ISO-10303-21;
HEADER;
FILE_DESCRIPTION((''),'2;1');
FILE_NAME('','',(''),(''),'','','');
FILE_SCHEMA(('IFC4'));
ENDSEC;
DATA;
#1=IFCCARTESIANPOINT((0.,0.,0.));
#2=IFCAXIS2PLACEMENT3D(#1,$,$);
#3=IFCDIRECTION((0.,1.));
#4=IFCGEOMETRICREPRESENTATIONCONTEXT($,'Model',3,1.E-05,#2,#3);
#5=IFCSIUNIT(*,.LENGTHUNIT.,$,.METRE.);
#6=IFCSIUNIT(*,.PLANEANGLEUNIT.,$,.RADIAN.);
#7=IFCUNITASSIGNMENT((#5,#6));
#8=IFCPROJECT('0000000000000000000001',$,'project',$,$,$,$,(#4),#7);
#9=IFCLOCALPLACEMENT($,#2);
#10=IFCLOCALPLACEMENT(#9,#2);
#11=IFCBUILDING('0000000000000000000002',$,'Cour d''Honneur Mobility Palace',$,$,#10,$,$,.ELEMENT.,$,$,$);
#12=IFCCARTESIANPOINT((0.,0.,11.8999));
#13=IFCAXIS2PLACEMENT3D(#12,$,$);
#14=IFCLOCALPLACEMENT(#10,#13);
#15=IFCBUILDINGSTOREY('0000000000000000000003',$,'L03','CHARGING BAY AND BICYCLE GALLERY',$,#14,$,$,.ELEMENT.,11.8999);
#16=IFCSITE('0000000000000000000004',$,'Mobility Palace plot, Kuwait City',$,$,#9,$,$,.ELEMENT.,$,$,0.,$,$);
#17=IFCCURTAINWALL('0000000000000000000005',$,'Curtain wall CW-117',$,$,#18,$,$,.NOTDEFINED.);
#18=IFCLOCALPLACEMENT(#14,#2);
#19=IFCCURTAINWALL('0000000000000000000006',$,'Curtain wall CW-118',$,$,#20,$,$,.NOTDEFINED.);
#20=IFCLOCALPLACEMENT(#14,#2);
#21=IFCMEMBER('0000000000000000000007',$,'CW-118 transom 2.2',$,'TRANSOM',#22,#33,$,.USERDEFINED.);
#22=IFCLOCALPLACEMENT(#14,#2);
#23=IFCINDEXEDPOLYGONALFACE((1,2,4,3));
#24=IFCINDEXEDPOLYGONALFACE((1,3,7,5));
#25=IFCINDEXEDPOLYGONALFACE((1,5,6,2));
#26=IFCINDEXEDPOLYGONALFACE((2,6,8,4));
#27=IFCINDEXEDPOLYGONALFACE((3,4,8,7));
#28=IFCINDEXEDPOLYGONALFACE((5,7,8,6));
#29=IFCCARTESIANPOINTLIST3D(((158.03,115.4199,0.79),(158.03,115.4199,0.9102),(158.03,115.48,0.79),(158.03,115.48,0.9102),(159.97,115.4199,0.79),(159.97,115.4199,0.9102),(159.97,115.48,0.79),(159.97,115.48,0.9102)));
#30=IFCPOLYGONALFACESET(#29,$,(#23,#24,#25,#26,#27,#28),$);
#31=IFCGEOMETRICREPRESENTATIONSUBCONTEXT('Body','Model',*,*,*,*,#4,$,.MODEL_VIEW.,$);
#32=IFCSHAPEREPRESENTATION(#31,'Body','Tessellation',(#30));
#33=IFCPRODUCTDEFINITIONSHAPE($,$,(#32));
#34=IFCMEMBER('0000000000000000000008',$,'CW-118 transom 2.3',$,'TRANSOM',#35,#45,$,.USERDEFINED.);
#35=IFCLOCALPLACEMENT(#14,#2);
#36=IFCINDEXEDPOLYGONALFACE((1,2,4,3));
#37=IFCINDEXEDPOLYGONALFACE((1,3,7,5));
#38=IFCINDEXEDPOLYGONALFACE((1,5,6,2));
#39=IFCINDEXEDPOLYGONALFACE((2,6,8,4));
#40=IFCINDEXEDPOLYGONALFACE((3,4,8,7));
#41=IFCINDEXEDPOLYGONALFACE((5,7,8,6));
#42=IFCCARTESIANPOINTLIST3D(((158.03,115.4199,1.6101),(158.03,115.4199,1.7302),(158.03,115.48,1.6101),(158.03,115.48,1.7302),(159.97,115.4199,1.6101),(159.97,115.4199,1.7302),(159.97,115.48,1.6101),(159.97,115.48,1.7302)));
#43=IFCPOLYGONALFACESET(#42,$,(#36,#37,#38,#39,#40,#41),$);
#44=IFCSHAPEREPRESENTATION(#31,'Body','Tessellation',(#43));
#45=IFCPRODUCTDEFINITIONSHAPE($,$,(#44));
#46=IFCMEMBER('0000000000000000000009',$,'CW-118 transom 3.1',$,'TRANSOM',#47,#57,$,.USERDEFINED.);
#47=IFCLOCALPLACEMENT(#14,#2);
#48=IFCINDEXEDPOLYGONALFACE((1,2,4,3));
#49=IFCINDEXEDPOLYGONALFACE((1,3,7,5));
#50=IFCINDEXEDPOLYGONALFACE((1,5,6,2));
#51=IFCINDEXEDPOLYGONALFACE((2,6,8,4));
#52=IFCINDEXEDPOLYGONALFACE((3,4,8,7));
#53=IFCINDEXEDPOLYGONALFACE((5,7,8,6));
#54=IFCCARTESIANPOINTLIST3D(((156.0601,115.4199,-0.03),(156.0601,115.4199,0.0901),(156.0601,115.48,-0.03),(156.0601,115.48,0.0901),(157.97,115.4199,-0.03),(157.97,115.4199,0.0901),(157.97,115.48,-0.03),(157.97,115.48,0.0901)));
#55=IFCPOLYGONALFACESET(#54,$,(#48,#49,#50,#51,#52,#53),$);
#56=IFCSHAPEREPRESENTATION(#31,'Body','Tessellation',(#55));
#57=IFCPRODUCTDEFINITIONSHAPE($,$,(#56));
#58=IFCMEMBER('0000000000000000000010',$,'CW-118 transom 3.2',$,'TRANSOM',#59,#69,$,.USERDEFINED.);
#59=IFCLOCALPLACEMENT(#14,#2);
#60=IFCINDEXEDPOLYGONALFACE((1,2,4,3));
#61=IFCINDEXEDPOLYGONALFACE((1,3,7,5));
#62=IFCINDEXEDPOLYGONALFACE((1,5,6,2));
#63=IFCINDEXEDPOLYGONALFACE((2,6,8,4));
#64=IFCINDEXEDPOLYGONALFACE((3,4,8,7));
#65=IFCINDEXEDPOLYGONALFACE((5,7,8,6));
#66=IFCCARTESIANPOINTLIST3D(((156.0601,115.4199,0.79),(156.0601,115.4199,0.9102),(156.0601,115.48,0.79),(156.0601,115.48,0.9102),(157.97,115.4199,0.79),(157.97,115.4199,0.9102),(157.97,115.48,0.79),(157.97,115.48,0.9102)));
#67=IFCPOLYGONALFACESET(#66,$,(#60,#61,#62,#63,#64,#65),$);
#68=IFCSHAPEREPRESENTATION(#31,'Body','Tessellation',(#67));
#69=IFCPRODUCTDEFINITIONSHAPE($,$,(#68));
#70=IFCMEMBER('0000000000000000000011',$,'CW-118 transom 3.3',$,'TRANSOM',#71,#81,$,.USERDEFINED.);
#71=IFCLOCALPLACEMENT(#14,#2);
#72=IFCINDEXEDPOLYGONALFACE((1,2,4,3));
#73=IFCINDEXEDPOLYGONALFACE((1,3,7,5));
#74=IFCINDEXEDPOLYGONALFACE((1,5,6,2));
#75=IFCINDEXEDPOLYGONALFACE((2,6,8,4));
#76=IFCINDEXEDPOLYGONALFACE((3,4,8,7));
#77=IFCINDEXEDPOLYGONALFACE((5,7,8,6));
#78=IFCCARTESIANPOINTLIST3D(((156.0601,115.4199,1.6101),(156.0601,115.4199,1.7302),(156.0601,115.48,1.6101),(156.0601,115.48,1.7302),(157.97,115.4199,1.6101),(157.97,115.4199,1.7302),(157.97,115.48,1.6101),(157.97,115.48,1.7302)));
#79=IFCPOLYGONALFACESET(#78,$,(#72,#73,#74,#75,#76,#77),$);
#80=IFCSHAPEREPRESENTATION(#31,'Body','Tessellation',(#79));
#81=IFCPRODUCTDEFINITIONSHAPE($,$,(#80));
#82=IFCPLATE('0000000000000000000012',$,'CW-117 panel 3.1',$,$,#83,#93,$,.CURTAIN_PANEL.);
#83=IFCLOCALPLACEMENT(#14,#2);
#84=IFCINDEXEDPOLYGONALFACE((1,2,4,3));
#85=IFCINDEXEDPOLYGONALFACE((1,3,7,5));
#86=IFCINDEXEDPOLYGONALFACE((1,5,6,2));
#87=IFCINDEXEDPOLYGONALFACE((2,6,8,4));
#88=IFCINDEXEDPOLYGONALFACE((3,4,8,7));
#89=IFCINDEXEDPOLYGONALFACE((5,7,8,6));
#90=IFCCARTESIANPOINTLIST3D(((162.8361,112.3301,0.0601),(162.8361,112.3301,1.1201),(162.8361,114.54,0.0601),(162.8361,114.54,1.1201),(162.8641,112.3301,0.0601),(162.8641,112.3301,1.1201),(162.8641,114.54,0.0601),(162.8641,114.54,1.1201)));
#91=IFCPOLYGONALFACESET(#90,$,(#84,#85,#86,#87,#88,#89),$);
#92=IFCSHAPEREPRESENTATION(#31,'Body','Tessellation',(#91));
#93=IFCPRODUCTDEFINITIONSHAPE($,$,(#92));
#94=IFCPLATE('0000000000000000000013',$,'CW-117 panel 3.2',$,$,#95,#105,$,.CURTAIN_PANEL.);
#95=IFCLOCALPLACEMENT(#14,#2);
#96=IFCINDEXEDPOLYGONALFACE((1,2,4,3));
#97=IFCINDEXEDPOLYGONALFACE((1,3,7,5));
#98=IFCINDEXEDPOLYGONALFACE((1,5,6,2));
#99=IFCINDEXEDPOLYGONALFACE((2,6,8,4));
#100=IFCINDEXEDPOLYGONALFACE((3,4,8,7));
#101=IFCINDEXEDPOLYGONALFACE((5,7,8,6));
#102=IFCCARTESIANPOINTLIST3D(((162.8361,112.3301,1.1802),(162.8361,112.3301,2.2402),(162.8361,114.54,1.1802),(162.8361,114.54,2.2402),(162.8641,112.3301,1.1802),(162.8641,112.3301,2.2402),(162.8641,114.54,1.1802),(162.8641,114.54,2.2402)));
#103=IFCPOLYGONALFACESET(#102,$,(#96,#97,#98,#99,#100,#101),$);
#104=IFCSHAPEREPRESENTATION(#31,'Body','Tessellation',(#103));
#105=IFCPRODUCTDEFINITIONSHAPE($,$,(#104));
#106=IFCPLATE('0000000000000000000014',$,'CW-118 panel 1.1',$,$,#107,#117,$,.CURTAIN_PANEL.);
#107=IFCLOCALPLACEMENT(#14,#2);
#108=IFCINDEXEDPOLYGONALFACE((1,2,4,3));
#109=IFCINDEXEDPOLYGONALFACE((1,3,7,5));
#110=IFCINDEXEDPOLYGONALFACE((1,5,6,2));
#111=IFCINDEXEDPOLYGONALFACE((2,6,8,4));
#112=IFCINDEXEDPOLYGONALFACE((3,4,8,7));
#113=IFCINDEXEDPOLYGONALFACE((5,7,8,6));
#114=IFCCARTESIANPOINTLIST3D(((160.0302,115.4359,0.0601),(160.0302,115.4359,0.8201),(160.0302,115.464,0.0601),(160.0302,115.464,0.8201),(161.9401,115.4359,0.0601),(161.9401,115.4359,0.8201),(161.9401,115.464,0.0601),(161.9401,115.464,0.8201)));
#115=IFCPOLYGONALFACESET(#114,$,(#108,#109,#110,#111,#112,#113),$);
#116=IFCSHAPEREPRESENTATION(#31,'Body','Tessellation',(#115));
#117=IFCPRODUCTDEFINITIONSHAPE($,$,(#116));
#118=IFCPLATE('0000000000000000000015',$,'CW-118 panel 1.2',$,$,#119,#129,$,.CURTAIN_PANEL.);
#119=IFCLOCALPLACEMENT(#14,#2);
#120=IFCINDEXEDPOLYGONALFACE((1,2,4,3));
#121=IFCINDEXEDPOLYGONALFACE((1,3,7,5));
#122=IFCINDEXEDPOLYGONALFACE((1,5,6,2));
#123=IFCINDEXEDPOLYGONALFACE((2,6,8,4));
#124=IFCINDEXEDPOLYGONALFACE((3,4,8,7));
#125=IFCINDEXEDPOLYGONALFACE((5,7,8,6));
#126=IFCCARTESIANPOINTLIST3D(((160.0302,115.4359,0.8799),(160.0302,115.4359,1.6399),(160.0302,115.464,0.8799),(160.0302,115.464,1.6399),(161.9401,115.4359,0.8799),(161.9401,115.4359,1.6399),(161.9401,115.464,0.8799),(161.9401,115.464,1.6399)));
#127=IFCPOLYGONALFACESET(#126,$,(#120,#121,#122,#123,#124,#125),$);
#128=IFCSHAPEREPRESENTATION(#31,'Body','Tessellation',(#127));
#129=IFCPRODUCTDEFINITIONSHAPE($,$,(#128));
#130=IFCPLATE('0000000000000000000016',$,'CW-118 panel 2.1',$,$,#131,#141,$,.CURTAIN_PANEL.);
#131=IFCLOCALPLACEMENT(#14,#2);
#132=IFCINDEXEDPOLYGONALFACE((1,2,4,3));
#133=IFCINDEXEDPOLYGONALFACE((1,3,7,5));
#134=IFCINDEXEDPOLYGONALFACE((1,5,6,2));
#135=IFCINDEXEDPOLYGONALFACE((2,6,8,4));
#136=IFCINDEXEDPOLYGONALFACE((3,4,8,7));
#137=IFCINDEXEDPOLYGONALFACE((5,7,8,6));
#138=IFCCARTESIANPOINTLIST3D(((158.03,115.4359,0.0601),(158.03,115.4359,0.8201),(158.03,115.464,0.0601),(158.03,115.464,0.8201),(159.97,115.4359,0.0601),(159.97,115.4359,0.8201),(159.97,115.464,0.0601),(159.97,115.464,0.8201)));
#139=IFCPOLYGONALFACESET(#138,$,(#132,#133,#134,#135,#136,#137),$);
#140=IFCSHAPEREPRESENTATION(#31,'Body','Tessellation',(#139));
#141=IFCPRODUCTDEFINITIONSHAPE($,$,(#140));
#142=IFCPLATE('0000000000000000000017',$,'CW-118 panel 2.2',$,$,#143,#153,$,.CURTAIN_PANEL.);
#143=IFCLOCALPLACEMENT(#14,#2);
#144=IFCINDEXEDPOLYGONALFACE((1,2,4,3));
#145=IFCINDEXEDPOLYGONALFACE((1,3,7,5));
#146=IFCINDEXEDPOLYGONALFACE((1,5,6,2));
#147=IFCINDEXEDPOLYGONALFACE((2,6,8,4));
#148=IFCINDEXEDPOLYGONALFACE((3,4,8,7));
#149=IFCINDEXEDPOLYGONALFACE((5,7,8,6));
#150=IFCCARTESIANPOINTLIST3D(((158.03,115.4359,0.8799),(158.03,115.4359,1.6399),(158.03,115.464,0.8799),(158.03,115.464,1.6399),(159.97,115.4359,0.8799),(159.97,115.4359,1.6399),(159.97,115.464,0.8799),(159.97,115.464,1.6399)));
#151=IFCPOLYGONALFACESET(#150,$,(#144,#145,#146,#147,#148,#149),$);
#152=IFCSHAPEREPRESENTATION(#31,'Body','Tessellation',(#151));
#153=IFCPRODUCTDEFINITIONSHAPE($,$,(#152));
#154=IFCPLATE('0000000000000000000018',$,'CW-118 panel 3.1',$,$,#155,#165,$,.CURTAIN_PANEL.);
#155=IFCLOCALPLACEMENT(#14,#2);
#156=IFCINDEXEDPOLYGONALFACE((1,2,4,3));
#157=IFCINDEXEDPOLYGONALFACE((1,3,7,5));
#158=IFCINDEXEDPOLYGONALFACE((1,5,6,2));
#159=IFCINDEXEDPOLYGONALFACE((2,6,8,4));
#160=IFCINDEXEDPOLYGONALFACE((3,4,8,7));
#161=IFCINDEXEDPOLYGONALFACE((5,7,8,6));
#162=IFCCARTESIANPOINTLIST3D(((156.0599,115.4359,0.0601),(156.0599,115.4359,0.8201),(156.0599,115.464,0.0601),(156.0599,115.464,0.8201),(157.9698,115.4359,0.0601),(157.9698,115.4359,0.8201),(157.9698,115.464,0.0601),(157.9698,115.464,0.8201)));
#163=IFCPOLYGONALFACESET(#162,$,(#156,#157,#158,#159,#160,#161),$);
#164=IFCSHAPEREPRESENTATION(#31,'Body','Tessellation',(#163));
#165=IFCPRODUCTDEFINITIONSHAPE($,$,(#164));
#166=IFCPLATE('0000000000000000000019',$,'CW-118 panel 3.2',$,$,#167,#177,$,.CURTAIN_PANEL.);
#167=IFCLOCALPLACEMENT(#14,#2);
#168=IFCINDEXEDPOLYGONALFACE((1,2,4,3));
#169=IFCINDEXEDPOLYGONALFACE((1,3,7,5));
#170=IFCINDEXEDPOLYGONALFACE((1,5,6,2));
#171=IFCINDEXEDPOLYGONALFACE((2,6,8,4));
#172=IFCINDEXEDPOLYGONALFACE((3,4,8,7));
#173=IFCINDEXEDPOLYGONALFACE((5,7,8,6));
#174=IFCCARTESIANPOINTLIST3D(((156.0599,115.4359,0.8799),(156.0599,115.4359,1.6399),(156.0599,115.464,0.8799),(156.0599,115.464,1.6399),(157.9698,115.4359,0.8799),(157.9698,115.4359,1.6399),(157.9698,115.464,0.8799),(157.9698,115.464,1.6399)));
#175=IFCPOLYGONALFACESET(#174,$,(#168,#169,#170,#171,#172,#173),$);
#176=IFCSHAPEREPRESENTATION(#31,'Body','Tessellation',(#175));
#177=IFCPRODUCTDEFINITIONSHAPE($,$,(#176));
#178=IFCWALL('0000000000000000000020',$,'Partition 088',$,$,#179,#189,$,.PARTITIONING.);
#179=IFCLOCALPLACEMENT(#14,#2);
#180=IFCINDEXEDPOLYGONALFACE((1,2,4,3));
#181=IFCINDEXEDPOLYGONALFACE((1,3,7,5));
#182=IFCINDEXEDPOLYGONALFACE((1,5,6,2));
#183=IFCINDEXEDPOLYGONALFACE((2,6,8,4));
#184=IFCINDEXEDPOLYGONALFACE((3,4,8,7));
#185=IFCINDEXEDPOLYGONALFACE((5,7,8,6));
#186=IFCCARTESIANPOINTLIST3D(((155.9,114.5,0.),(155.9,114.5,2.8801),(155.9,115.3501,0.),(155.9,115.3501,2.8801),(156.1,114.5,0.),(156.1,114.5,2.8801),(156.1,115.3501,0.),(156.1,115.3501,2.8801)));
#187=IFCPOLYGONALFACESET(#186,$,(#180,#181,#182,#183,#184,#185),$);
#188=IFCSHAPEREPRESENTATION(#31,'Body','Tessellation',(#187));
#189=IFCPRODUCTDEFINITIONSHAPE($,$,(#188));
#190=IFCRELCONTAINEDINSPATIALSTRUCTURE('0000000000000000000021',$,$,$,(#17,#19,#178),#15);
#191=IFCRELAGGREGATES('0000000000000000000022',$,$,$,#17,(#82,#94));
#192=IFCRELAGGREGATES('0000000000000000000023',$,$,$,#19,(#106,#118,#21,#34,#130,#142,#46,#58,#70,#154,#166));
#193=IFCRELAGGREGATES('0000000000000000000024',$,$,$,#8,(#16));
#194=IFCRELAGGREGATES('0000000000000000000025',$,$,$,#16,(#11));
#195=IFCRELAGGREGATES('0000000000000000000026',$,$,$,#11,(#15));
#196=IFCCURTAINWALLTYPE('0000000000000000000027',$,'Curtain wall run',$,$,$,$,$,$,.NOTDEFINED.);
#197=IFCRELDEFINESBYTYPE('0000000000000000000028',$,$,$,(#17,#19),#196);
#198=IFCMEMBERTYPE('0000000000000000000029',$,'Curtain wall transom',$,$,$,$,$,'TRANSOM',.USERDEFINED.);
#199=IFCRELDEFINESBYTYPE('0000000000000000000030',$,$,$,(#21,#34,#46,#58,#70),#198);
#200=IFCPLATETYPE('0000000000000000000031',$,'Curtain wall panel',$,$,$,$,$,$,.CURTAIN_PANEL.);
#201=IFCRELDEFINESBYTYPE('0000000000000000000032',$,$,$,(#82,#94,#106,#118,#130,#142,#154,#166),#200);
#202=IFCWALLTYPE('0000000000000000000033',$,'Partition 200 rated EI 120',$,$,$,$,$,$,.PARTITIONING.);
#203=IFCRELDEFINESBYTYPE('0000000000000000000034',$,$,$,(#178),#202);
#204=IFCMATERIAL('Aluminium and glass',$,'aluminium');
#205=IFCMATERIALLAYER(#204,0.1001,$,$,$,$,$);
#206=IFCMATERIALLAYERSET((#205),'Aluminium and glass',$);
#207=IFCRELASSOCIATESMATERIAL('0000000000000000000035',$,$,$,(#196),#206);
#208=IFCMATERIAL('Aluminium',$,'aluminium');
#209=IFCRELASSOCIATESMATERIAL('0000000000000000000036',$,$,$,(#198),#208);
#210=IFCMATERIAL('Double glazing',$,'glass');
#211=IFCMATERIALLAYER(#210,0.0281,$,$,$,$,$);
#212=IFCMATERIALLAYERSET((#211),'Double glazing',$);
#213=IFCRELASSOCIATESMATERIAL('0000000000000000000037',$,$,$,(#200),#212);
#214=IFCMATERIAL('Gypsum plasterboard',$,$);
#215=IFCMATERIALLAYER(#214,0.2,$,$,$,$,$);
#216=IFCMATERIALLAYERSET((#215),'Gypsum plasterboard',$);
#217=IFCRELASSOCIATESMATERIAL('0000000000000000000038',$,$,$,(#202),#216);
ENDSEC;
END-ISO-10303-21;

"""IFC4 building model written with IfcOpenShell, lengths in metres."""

from ifc_helpers import new_model, si_unit, direction, frame, frame_2d, origin, origin_2d, place, context, subcontext, project, spatial, rectangle, extrude, material, layer, layer_set, material_profile, profile_set, type_object, element, aggregate, save


model = new_model("IFC4")

# Units and contexts
model_context = context("Model", 3, precision=1e-05, world=origin(), true_north=direction((0.0, 1.0)))
body_context = subcontext(model_context, "Body", "Model", "MODEL_VIEW")
ifc_project = project(units=[si_unit("LENGTHUNIT", "METRE"), si_unit("PLANEANGLEUNIT", "RADIAN")], contexts=[model_context])

# Site, building, storey
site_placement = place(None, origin())
site = spatial("IfcSite", under=ifc_project, at=site_placement, Name="Mobility Palace plot, Kuwait City", CompositionType="ELEMENT", RefElevation=0.0)
building_placement = place(site_placement, origin())
building = spatial("IfcBuilding", under=site, at=building_placement, Name="Cour d'Honneur Mobility Palace", CompositionType="ELEMENT")
storey_placement = place(building_placement, frame((0.0, 0.0, 11.8999)))
storey = spatial("IfcBuildingStorey", under=building, at=storey_placement, Name="L03", Description="CHARGING BAY AND BICYCLE GALLERY", CompositionType="ELEMENT", Elevation=11.8999)

# Curtain wall
ifc_material_1 = material(Name="Aluminium and glass", Category="aluminium")
ifc_layer_1 = layer(ifc_material_1, 0.1001)
ifc_layer_set_1 = layer_set([ifc_layer_1], Name="Aluminium and glass")
curtain_wall_type = type_object("IfcCurtainWallType", Name="Curtain wall run", PredefinedType="NOTDEFINED", material=ifc_layer_set_1)
curtain_wall_1_placement = place(storey_placement, origin())
curtain_wall_1 = element("IfcCurtainWall", 1, at=curtain_wall_1_placement, inside=storey, type_object=curtain_wall_type, Name="Curtain wall CW-117", PredefinedType="NOTDEFINED")

# Curtain wall
curtain_wall_2_placement = place(storey_placement, origin())
curtain_wall_2 = element("IfcCurtainWall", 2, at=curtain_wall_2_placement, inside=storey, type_object=curtain_wall_type, Name="Curtain wall CW-118", PredefinedType="NOTDEFINED")

# Members
ifc_material_2 = material(Name="Aluminium", Category="aluminium")
ifc_material_profile_1 = material_profile(ifc_material_2, rectangle(XDim=0.0601, YDim=0.1201, at=origin_2d()), Name="Curtain wall transom")
ifc_profile_set_1 = profile_set([ifc_material_profile_1], Name="Aluminium")
member_type_1 = type_object("IfcMemberType", Name="Curtain wall transom", ElementType="TRANSOM", PredefinedType="USERDEFINED", material=ifc_profile_set_1)
member_1_placement = place(storey_placement, frame((159.97, 115.45, 0.8501), z_axis=(-1.0, 0.0, 0.0), x_axis=(0.0, -1.0, 0.0)))
member_1 = element("IfcMember", 3, at=member_1_placement, type_object=member_type_1, Name="CW-118 transom 2.2", ObjectType="TRANSOM", PredefinedType="USERDEFINED", context=body_context, shape_type="SweptSolid", body=[
    extrude(rectangle(XDim=0.0601, YDim=0.1201, at=origin_2d()), origin(), (0.0, 0.0, 1.0), 1.9399),
])
member_2_placement = place(storey_placement, frame((159.97, 115.45, 1.6702), z_axis=(-1.0, 0.0, 0.0), x_axis=(0.0, -1.0, 0.0)))
member_2 = element("IfcMember", 4, at=member_2_placement, type_object=member_type_1, Name="CW-118 transom 2.3", ObjectType="TRANSOM", PredefinedType="USERDEFINED", context=body_context, shape_type="SweptSolid", body=[
    extrude(rectangle(XDim=0.0601, YDim=0.1201, at=origin_2d()), origin(), (0.0, 0.0, 1.0), 1.9399),
])
member_3_placement = place(storey_placement, frame((157.97, 115.45, 0.03), z_axis=(-1.0, 0.0, 0.0), x_axis=(0.0, -1.0, 0.0)))
member_3 = element("IfcMember", 5, at=member_3_placement, type_object=member_type_1, Name="CW-118 transom 3.1", ObjectType="TRANSOM", PredefinedType="USERDEFINED", context=body_context, shape_type="SweptSolid", body=[
    extrude(rectangle(XDim=0.0601, YDim=0.1201, at=origin_2d()), origin(), (0.0, 0.0, 1.0), 1.9099),
])
member_4_placement = place(storey_placement, frame((157.97, 115.45, 0.8501), z_axis=(-1.0, 0.0, 0.0), x_axis=(0.0, -1.0, 0.0)))
member_4 = element("IfcMember", 6, at=member_4_placement, type_object=member_type_1, Name="CW-118 transom 3.2", ObjectType="TRANSOM", PredefinedType="USERDEFINED", context=body_context, shape_type="SweptSolid", body=[
    extrude(rectangle(XDim=0.0601, YDim=0.1201, at=origin_2d()), origin(), (0.0, 0.0, 1.0), 1.9099),
])
member_5_placement = place(storey_placement, frame((157.97, 115.45, 1.6702), z_axis=(-1.0, 0.0, 0.0), x_axis=(0.0, -1.0, 0.0)))
member_5 = element("IfcMember", 7, at=member_5_placement, type_object=member_type_1, Name="CW-118 transom 3.3", ObjectType="TRANSOM", PredefinedType="USERDEFINED", context=body_context, shape_type="SweptSolid", body=[
    extrude(rectangle(XDim=0.0601, YDim=0.1201, at=origin_2d()), origin(), (0.0, 0.0, 1.0), 1.9099),
])

# Plates
ifc_material_3 = material(Name="Double glazing", Category="glass")
ifc_layer_2 = layer(ifc_material_3, 0.0281)
ifc_layer_set_2 = layer_set([ifc_layer_2], Name="Double glazing")
plate_type = type_object("IfcPlateType", Name="Curtain wall panel", PredefinedType="CURTAIN_PANEL", material=ifc_layer_set_2)
plate_1_placement = place(storey_placement, frame((162.8501, 113.4351, 0.0601), z_axis=(0.0, 0.0, 1.0), x_axis=(0.0, 1.0, 0.0)))
plate_1 = element("IfcPlate", 8, at=plate_1_placement, type_object=plate_type, Name="CW-117 panel 3.1", PredefinedType="CURTAIN_PANEL", context=body_context, shape_type="SweptSolid", body=[
    extrude(rectangle(XDim=2.21, YDim=0.0281, at=origin_2d()), origin(), (0.0, 0.0, 1.0), 1.0601),
])
plate_2_placement = place(storey_placement, frame((162.8501, 113.4351, 1.1802), z_axis=(0.0, 0.0, 1.0), x_axis=(0.0, 1.0, 0.0)))
plate_2 = element("IfcPlate", 9, at=plate_2_placement, type_object=plate_type, Name="CW-117 panel 3.2", PredefinedType="CURTAIN_PANEL", context=body_context, shape_type="SweptSolid", body=[
    extrude(rectangle(XDim=2.21, YDim=0.0281, at=origin_2d()), origin(), (0.0, 0.0, 1.0), 1.0601),
])
aggregate(curtain_wall_1, [plate_1, plate_2])
plate_3_placement = place(storey_placement, frame((160.9851, 115.45, 0.0601), z_axis=(0.0, 0.0, 1.0), x_axis=(-1.0, 0.0, 0.0)))
plate_3 = element("IfcPlate", 10, at=plate_3_placement, type_object=plate_type, Name="CW-118 panel 1.1", PredefinedType="CURTAIN_PANEL", context=body_context, shape_type="SweptSolid", body=[
    extrude(rectangle(XDim=1.9099, YDim=0.0281, at=origin_2d()), origin(), (0.0, 0.0, 1.0), 0.76),
])
plate_4_placement = place(storey_placement, frame((160.9851, 115.45, 0.8799), z_axis=(0.0, 0.0, 1.0), x_axis=(-1.0, 0.0, 0.0)))
plate_4 = element("IfcPlate", 11, at=plate_4_placement, type_object=plate_type, Name="CW-118 panel 1.2", PredefinedType="CURTAIN_PANEL", context=body_context, shape_type="SweptSolid", body=[
    extrude(rectangle(XDim=1.9099, YDim=0.0281, at=origin_2d()), origin(), (0.0, 0.0, 1.0), 0.76),
])
plate_5_placement = place(storey_placement, frame((159.0, 115.45, 0.0601), z_axis=(0.0, 0.0, 1.0), x_axis=(-1.0, 0.0, 0.0)))
plate_5 = element("IfcPlate", 12, at=plate_5_placement, type_object=plate_type, Name="CW-118 panel 2.1", PredefinedType="CURTAIN_PANEL", context=body_context, shape_type="SweptSolid", body=[
    extrude(rectangle(XDim=1.9399, YDim=0.0281, at=origin_2d()), origin(), (0.0, 0.0, 1.0), 0.76),
])
plate_6_placement = place(storey_placement, frame((159.0, 115.45, 0.8799), z_axis=(0.0, 0.0, 1.0), x_axis=(-1.0, 0.0, 0.0)))
plate_6 = element("IfcPlate", 13, at=plate_6_placement, type_object=plate_type, Name="CW-118 panel 2.2", PredefinedType="CURTAIN_PANEL", context=body_context, shape_type="SweptSolid", body=[
    extrude(rectangle(XDim=1.9399, YDim=0.0281, at=origin_2d()), origin(), (0.0, 0.0, 1.0), 0.76),
])
plate_7_placement = place(storey_placement, frame((157.0149, 115.45, 0.0601), z_axis=(0.0, 0.0, 1.0), x_axis=(-1.0, 0.0, 0.0)))
plate_7 = element("IfcPlate", 14, at=plate_7_placement, type_object=plate_type, Name="CW-118 panel 3.1", PredefinedType="CURTAIN_PANEL", context=body_context, shape_type="SweptSolid", body=[
    extrude(rectangle(XDim=1.9099, YDim=0.0281, at=origin_2d()), origin(), (0.0, 0.0, 1.0), 0.76),
])
plate_8_placement = place(storey_placement, frame((157.0149, 115.45, 0.8799), z_axis=(0.0, 0.0, 1.0), x_axis=(-1.0, 0.0, 0.0)))
plate_8 = element("IfcPlate", 15, at=plate_8_placement, type_object=plate_type, Name="CW-118 panel 3.2", PredefinedType="CURTAIN_PANEL", context=body_context, shape_type="SweptSolid", body=[
    extrude(rectangle(XDim=1.9099, YDim=0.0281, at=origin_2d()), origin(), (0.0, 0.0, 1.0), 0.76),
])
aggregate(curtain_wall_2, [plate_3, plate_4, member_1, member_2, plate_5, plate_6, member_3, member_4, member_5, plate_7, plate_8])

# Wall
ifc_material_4 = material(Name="Gypsum plasterboard")
ifc_layer_3 = layer(ifc_material_4, 0.2)
ifc_layer_set_3 = layer_set([ifc_layer_3], Name="Gypsum plasterboard")
wall_type_1 = type_object("IfcWallType", Name="Partition 200 rated EI 120", PredefinedType="PARTITIONING", material=ifc_layer_set_3)
wall_1_placement = place(storey_placement, frame((156.0, 114.5, 0.0), z_axis=(0.0, 0.0, 1.0), x_axis=(0.0, 1.0, 0.0)))
element("IfcWall", 16, at=wall_1_placement, inside=storey, type_object=wall_type_1, Name="Partition 088", PredefinedType="PARTITIONING", context=body_context, shape_type="SweptSolid", body=[
    extrude(rectangle(XDim=0.8501, YDim=0.2, at=frame_2d((0.425, 0.0))), origin(), (0.0, 0.0, 1.0), 2.8801),
])

save(model, "model.ifc")
